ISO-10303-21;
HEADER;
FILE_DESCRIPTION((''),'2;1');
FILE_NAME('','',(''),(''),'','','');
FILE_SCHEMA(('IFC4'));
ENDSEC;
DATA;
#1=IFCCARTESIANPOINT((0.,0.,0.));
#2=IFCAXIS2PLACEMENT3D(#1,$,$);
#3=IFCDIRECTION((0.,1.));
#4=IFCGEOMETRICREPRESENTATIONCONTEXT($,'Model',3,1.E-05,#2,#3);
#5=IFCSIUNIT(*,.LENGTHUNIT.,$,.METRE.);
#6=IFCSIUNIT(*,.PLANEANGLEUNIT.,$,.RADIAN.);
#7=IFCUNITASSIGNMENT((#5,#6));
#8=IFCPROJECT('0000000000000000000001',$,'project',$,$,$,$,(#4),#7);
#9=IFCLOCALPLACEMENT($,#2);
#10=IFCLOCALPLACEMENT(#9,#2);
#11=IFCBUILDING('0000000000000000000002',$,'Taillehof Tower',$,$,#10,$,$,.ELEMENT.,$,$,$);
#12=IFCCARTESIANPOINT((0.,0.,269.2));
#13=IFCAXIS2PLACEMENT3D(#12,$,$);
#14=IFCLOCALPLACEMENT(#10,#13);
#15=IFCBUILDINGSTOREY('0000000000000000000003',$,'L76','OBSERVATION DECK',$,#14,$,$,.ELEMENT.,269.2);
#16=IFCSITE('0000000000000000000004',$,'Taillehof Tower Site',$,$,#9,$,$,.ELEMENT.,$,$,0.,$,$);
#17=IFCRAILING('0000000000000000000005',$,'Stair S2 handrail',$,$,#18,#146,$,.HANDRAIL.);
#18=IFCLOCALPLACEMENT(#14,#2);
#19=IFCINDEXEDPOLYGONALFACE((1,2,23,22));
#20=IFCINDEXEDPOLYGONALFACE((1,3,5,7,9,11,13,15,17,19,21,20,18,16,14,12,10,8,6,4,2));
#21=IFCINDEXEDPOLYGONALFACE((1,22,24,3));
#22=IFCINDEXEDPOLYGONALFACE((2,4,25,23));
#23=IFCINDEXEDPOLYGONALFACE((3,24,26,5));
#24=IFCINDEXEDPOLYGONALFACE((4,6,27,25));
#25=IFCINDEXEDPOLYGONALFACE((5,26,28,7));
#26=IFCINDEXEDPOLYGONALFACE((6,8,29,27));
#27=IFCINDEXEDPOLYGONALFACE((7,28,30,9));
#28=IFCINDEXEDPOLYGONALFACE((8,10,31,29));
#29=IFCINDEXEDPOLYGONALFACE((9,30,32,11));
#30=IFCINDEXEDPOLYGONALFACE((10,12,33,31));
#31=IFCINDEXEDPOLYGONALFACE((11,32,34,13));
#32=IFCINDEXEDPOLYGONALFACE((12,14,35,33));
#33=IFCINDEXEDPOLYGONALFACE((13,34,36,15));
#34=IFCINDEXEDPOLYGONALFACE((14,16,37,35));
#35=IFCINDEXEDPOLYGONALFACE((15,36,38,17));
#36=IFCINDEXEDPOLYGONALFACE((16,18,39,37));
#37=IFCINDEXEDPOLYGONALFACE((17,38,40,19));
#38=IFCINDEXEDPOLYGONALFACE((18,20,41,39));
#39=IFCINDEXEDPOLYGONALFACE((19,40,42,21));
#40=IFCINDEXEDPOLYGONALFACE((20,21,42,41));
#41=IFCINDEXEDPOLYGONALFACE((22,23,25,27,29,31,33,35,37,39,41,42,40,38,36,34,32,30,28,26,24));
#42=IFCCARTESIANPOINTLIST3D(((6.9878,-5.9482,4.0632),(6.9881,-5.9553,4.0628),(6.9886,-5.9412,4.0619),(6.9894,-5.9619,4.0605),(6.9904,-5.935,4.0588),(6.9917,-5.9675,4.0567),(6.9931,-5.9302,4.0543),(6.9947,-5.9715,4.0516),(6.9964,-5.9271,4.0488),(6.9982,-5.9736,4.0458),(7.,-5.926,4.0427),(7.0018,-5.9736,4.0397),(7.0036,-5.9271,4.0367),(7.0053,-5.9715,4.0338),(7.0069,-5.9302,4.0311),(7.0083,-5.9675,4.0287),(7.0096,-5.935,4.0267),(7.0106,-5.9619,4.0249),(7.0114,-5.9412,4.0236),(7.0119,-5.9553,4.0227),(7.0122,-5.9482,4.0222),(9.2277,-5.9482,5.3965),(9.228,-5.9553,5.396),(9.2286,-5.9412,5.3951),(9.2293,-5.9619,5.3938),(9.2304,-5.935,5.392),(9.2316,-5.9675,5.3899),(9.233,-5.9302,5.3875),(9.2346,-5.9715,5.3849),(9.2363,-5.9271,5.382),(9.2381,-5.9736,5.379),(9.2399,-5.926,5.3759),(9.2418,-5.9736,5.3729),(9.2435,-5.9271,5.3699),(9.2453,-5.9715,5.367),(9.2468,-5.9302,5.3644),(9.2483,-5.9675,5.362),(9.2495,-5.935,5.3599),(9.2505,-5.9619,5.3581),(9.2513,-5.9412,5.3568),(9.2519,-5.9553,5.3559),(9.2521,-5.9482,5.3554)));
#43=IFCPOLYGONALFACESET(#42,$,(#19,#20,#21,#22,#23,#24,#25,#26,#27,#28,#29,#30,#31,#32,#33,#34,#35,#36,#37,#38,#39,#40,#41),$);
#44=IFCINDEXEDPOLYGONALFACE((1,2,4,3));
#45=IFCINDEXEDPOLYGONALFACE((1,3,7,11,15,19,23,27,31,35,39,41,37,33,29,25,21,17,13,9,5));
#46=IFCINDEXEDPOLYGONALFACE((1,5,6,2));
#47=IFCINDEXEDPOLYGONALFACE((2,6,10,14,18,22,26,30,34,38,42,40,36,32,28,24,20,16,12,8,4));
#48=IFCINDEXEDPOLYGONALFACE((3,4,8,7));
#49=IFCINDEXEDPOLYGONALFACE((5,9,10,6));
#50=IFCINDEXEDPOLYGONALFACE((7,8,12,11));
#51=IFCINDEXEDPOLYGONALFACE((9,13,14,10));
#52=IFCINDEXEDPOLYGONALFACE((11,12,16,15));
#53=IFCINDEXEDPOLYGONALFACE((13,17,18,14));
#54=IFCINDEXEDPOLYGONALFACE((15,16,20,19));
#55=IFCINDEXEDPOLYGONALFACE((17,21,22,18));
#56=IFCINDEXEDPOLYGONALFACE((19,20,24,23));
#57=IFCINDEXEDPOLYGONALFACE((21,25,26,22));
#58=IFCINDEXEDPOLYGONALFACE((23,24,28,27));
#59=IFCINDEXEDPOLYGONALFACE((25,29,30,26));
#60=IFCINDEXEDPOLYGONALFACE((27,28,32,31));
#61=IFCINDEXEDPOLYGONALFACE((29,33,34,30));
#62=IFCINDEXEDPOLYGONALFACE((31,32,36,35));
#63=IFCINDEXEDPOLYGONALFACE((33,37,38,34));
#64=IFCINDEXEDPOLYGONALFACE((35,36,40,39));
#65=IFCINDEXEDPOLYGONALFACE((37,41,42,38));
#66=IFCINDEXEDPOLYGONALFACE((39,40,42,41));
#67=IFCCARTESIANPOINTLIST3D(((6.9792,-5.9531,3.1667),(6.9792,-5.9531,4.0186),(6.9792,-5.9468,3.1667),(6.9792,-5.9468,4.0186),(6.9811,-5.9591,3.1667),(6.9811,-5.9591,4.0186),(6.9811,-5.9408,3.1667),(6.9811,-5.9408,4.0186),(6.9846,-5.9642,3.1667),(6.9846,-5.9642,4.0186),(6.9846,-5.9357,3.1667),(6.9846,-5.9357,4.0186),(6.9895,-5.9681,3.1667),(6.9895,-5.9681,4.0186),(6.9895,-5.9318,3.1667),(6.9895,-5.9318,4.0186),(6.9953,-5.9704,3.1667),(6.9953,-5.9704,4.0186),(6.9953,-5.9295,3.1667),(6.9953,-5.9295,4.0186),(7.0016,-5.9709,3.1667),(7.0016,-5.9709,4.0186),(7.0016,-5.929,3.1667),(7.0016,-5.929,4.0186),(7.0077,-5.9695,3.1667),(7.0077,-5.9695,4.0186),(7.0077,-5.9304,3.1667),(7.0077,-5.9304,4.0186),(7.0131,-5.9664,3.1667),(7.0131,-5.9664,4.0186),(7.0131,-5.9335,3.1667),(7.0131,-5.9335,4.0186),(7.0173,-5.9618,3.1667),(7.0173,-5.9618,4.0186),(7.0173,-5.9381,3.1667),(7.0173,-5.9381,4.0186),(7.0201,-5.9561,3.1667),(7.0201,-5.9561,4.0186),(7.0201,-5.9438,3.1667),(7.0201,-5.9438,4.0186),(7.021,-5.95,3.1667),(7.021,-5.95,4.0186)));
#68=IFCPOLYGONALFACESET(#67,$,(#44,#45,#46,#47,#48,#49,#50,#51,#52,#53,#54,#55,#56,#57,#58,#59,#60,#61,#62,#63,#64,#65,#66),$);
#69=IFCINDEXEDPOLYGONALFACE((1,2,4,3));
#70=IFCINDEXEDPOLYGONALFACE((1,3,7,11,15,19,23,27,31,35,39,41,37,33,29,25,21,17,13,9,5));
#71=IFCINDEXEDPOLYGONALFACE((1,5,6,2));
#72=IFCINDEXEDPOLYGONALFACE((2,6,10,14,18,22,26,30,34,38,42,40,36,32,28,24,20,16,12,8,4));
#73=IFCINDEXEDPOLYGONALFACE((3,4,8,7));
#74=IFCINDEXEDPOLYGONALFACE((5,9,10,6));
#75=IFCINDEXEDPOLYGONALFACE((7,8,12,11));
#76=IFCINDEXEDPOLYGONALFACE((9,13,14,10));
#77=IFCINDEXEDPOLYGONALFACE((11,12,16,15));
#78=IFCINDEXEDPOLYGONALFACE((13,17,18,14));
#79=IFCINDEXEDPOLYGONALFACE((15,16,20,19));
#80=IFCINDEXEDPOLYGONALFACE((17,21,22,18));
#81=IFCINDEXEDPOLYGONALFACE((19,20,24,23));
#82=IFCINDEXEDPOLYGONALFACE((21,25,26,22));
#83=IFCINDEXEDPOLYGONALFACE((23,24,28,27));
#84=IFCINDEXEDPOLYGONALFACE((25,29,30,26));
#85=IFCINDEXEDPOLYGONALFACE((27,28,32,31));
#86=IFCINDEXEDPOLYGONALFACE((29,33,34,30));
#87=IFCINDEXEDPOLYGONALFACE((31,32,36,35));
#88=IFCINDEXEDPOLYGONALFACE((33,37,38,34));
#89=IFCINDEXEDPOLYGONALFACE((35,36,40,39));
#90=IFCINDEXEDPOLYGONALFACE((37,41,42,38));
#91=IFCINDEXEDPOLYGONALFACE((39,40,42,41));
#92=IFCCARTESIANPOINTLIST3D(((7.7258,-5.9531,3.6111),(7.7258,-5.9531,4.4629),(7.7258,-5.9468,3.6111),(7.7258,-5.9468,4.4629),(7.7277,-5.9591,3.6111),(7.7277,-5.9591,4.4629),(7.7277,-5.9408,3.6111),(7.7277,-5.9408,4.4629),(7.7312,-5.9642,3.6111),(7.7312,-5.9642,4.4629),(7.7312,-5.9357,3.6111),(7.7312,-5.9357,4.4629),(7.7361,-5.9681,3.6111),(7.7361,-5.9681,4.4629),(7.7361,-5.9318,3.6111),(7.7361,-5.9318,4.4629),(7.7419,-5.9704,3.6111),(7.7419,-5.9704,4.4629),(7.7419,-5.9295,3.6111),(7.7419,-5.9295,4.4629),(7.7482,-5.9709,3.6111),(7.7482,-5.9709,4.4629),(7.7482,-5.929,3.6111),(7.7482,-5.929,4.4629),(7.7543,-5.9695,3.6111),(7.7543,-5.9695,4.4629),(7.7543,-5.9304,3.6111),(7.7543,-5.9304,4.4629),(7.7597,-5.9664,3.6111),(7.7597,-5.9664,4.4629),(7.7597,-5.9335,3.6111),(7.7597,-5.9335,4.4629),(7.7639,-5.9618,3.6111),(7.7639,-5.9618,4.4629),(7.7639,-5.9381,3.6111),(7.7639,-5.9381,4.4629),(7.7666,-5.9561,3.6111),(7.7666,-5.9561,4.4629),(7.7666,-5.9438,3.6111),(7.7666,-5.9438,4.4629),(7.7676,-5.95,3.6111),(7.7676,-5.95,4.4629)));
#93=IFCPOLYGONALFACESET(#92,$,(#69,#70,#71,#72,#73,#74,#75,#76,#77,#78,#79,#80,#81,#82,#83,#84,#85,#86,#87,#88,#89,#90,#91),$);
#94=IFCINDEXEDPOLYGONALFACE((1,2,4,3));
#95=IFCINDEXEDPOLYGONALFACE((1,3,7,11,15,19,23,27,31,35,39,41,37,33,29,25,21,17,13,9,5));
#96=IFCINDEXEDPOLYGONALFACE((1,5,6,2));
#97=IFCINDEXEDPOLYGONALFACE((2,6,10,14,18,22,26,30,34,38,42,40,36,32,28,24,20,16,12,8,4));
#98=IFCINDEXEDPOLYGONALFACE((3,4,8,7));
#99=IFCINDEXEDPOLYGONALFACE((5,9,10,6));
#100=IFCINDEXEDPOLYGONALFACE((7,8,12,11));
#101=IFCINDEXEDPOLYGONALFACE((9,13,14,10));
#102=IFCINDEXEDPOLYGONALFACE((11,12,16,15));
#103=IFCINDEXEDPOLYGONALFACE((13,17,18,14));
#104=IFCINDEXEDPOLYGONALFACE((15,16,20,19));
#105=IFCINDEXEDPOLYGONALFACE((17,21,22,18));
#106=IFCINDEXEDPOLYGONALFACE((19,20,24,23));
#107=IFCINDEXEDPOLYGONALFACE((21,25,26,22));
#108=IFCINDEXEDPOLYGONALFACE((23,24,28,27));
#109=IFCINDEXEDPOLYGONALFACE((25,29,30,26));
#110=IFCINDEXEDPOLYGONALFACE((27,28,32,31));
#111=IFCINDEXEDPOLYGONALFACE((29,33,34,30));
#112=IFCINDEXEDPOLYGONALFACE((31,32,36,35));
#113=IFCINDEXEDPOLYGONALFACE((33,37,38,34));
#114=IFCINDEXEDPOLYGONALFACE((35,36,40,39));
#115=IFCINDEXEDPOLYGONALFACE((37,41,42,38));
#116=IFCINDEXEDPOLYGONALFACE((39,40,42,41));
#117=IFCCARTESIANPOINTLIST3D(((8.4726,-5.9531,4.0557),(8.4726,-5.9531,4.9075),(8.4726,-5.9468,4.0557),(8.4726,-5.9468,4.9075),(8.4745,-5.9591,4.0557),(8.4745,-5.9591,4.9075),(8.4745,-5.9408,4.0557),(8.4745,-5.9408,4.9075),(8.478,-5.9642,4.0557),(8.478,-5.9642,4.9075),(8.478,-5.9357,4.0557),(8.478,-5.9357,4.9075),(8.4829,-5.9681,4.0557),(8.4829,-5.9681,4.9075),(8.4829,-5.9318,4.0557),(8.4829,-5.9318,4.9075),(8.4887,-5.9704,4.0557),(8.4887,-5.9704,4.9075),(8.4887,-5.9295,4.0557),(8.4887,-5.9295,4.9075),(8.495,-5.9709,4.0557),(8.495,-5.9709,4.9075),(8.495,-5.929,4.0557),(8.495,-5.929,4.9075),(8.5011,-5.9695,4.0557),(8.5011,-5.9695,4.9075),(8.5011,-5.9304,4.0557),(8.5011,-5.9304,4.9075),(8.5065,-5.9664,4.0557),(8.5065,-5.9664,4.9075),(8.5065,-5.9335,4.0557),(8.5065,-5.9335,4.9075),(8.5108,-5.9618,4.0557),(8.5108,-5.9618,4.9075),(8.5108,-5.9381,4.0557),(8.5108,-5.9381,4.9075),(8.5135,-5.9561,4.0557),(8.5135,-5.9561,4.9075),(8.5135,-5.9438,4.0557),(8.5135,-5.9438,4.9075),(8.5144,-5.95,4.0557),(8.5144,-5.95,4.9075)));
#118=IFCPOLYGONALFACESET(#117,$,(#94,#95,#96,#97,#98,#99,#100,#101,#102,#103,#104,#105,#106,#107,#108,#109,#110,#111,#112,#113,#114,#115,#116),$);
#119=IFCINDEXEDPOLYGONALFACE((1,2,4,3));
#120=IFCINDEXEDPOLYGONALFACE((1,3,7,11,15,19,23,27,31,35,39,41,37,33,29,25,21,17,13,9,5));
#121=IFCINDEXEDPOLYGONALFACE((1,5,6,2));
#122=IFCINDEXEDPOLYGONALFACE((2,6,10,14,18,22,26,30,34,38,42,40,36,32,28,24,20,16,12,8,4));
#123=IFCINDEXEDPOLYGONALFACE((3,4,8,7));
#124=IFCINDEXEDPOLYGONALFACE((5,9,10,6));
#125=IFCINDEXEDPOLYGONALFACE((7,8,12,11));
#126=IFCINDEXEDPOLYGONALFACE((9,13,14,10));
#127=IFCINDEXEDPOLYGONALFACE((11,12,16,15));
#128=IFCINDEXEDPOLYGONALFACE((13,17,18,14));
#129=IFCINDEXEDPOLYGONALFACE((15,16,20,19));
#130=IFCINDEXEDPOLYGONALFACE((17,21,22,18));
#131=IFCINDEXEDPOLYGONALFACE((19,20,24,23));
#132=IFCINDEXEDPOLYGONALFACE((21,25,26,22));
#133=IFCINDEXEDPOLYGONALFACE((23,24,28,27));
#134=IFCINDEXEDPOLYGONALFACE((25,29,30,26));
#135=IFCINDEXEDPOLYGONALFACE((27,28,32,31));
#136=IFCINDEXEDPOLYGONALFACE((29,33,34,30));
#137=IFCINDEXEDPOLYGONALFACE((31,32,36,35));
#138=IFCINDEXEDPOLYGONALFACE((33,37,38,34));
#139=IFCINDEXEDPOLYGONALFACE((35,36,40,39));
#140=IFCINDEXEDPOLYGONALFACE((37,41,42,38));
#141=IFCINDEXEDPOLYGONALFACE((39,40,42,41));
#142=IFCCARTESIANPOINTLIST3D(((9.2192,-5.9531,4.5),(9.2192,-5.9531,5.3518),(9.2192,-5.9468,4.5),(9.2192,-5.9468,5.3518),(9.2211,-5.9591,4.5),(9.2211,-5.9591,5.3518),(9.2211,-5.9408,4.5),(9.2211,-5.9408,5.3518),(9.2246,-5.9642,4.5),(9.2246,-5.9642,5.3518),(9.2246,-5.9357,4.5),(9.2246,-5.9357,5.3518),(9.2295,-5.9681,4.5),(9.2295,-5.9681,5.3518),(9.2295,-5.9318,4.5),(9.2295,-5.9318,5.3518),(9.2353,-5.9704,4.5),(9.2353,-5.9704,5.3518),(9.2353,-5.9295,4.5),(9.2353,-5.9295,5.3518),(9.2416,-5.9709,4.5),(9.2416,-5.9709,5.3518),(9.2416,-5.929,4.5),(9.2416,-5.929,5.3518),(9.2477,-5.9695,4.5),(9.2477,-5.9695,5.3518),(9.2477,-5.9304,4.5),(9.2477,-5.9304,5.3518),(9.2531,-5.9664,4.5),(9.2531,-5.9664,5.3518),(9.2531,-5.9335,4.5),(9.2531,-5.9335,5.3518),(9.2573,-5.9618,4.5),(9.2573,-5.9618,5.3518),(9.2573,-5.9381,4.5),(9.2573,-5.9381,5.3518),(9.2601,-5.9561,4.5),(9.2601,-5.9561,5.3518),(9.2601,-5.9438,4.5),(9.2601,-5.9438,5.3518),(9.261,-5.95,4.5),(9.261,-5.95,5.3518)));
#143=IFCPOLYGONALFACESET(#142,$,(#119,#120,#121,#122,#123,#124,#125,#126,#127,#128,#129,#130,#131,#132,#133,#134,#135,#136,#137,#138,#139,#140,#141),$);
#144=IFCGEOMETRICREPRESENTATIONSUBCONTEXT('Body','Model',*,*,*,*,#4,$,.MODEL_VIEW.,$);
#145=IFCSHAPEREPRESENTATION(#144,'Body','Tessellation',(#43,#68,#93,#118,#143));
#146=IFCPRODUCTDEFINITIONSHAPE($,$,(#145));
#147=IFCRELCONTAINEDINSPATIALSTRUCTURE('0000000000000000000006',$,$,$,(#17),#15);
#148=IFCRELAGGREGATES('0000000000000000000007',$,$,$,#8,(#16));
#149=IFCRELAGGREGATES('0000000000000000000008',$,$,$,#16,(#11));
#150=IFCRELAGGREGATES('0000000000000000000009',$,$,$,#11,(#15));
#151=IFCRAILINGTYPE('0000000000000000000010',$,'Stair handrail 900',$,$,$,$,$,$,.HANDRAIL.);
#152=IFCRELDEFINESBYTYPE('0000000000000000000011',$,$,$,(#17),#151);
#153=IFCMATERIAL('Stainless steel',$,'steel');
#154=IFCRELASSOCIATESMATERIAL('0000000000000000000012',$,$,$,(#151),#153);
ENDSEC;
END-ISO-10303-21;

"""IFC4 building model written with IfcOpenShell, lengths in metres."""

from ifc_helpers import new_model, si_unit, direction, frame, origin, origin_2d, place, context, subcontext, project, spatial, circle, extrude, material, type_object, element, save


model = new_model("IFC4")

# Units and contexts
model_context = context("Model", 3, precision=1e-05, world=origin(), true_north=direction((0.0, 1.0)))
body_context = subcontext(model_context, "Body", "Model", "MODEL_VIEW")
ifc_project = project(units=[si_unit("LENGTHUNIT", "METRE"), si_unit("PLANEANGLEUNIT", "RADIAN")], contexts=[model_context])

# Site, building, storey
site_placement = place(None, origin())
site = spatial("IfcSite", under=ifc_project, at=site_placement, Name="Taillehof Tower Site", CompositionType="ELEMENT", RefElevation=0.0)
building_placement = place(site_placement, origin())
building = spatial("IfcBuilding", under=site, at=building_placement, Name="Taillehof Tower", CompositionType="ELEMENT")
storey_placement = place(building_placement, frame((0.0, 0.0, 269.2)))
storey = spatial("IfcBuildingStorey", under=building, at=storey_placement, Name="L76", Description="OBSERVATION DECK", CompositionType="ELEMENT", Elevation=269.2)

# Railing
ifc_material_1 = material(Name="Stainless steel", Category="steel")
railing_type = type_object("IfcRailingType", Name="Stair handrail 900", PredefinedType="HANDRAIL", material=ifc_material_1)
railing_1_placement = place(storey_placement, frame((7.0, -5.95, 3.1667)))
element("IfcRailing", 1, at=railing_1_placement, inside=storey, type_object=railing_type, Name="Stair S2 handrail", PredefinedType="HANDRAIL", context=body_context, shape_type="SweptSolid", body=[
    extrude(circle(Radius=0.0239, at=origin_2d()), frame((0.0, 0.0, 0.876), z_axis=(0.859306, 0.0, 0.511462), x_axis=(0.0, 1.0, 0.0)), (0.0, 0.0, 1.0), 2.6067),
    extrude(circle(Radius=0.021, at=origin_2d()), origin(), (0.0, 0.0, 1.0), 0.8518),
    extrude(circle(Radius=0.021, at=origin_2d()), frame((0.7466, 0.0, 0.4443)), (0.0, 0.0, 1.0), 0.8518),
    extrude(circle(Radius=0.021, at=origin_2d()), frame((1.4934, 0.0, 0.8889)), (0.0, 0.0, 1.0), 0.8518),
    extrude(circle(Radius=0.021, at=origin_2d()), frame((2.24, 0.0, 1.3333)), (0.0, 0.0, 1.0), 0.8518),
])

save(model, "model.ifc")
